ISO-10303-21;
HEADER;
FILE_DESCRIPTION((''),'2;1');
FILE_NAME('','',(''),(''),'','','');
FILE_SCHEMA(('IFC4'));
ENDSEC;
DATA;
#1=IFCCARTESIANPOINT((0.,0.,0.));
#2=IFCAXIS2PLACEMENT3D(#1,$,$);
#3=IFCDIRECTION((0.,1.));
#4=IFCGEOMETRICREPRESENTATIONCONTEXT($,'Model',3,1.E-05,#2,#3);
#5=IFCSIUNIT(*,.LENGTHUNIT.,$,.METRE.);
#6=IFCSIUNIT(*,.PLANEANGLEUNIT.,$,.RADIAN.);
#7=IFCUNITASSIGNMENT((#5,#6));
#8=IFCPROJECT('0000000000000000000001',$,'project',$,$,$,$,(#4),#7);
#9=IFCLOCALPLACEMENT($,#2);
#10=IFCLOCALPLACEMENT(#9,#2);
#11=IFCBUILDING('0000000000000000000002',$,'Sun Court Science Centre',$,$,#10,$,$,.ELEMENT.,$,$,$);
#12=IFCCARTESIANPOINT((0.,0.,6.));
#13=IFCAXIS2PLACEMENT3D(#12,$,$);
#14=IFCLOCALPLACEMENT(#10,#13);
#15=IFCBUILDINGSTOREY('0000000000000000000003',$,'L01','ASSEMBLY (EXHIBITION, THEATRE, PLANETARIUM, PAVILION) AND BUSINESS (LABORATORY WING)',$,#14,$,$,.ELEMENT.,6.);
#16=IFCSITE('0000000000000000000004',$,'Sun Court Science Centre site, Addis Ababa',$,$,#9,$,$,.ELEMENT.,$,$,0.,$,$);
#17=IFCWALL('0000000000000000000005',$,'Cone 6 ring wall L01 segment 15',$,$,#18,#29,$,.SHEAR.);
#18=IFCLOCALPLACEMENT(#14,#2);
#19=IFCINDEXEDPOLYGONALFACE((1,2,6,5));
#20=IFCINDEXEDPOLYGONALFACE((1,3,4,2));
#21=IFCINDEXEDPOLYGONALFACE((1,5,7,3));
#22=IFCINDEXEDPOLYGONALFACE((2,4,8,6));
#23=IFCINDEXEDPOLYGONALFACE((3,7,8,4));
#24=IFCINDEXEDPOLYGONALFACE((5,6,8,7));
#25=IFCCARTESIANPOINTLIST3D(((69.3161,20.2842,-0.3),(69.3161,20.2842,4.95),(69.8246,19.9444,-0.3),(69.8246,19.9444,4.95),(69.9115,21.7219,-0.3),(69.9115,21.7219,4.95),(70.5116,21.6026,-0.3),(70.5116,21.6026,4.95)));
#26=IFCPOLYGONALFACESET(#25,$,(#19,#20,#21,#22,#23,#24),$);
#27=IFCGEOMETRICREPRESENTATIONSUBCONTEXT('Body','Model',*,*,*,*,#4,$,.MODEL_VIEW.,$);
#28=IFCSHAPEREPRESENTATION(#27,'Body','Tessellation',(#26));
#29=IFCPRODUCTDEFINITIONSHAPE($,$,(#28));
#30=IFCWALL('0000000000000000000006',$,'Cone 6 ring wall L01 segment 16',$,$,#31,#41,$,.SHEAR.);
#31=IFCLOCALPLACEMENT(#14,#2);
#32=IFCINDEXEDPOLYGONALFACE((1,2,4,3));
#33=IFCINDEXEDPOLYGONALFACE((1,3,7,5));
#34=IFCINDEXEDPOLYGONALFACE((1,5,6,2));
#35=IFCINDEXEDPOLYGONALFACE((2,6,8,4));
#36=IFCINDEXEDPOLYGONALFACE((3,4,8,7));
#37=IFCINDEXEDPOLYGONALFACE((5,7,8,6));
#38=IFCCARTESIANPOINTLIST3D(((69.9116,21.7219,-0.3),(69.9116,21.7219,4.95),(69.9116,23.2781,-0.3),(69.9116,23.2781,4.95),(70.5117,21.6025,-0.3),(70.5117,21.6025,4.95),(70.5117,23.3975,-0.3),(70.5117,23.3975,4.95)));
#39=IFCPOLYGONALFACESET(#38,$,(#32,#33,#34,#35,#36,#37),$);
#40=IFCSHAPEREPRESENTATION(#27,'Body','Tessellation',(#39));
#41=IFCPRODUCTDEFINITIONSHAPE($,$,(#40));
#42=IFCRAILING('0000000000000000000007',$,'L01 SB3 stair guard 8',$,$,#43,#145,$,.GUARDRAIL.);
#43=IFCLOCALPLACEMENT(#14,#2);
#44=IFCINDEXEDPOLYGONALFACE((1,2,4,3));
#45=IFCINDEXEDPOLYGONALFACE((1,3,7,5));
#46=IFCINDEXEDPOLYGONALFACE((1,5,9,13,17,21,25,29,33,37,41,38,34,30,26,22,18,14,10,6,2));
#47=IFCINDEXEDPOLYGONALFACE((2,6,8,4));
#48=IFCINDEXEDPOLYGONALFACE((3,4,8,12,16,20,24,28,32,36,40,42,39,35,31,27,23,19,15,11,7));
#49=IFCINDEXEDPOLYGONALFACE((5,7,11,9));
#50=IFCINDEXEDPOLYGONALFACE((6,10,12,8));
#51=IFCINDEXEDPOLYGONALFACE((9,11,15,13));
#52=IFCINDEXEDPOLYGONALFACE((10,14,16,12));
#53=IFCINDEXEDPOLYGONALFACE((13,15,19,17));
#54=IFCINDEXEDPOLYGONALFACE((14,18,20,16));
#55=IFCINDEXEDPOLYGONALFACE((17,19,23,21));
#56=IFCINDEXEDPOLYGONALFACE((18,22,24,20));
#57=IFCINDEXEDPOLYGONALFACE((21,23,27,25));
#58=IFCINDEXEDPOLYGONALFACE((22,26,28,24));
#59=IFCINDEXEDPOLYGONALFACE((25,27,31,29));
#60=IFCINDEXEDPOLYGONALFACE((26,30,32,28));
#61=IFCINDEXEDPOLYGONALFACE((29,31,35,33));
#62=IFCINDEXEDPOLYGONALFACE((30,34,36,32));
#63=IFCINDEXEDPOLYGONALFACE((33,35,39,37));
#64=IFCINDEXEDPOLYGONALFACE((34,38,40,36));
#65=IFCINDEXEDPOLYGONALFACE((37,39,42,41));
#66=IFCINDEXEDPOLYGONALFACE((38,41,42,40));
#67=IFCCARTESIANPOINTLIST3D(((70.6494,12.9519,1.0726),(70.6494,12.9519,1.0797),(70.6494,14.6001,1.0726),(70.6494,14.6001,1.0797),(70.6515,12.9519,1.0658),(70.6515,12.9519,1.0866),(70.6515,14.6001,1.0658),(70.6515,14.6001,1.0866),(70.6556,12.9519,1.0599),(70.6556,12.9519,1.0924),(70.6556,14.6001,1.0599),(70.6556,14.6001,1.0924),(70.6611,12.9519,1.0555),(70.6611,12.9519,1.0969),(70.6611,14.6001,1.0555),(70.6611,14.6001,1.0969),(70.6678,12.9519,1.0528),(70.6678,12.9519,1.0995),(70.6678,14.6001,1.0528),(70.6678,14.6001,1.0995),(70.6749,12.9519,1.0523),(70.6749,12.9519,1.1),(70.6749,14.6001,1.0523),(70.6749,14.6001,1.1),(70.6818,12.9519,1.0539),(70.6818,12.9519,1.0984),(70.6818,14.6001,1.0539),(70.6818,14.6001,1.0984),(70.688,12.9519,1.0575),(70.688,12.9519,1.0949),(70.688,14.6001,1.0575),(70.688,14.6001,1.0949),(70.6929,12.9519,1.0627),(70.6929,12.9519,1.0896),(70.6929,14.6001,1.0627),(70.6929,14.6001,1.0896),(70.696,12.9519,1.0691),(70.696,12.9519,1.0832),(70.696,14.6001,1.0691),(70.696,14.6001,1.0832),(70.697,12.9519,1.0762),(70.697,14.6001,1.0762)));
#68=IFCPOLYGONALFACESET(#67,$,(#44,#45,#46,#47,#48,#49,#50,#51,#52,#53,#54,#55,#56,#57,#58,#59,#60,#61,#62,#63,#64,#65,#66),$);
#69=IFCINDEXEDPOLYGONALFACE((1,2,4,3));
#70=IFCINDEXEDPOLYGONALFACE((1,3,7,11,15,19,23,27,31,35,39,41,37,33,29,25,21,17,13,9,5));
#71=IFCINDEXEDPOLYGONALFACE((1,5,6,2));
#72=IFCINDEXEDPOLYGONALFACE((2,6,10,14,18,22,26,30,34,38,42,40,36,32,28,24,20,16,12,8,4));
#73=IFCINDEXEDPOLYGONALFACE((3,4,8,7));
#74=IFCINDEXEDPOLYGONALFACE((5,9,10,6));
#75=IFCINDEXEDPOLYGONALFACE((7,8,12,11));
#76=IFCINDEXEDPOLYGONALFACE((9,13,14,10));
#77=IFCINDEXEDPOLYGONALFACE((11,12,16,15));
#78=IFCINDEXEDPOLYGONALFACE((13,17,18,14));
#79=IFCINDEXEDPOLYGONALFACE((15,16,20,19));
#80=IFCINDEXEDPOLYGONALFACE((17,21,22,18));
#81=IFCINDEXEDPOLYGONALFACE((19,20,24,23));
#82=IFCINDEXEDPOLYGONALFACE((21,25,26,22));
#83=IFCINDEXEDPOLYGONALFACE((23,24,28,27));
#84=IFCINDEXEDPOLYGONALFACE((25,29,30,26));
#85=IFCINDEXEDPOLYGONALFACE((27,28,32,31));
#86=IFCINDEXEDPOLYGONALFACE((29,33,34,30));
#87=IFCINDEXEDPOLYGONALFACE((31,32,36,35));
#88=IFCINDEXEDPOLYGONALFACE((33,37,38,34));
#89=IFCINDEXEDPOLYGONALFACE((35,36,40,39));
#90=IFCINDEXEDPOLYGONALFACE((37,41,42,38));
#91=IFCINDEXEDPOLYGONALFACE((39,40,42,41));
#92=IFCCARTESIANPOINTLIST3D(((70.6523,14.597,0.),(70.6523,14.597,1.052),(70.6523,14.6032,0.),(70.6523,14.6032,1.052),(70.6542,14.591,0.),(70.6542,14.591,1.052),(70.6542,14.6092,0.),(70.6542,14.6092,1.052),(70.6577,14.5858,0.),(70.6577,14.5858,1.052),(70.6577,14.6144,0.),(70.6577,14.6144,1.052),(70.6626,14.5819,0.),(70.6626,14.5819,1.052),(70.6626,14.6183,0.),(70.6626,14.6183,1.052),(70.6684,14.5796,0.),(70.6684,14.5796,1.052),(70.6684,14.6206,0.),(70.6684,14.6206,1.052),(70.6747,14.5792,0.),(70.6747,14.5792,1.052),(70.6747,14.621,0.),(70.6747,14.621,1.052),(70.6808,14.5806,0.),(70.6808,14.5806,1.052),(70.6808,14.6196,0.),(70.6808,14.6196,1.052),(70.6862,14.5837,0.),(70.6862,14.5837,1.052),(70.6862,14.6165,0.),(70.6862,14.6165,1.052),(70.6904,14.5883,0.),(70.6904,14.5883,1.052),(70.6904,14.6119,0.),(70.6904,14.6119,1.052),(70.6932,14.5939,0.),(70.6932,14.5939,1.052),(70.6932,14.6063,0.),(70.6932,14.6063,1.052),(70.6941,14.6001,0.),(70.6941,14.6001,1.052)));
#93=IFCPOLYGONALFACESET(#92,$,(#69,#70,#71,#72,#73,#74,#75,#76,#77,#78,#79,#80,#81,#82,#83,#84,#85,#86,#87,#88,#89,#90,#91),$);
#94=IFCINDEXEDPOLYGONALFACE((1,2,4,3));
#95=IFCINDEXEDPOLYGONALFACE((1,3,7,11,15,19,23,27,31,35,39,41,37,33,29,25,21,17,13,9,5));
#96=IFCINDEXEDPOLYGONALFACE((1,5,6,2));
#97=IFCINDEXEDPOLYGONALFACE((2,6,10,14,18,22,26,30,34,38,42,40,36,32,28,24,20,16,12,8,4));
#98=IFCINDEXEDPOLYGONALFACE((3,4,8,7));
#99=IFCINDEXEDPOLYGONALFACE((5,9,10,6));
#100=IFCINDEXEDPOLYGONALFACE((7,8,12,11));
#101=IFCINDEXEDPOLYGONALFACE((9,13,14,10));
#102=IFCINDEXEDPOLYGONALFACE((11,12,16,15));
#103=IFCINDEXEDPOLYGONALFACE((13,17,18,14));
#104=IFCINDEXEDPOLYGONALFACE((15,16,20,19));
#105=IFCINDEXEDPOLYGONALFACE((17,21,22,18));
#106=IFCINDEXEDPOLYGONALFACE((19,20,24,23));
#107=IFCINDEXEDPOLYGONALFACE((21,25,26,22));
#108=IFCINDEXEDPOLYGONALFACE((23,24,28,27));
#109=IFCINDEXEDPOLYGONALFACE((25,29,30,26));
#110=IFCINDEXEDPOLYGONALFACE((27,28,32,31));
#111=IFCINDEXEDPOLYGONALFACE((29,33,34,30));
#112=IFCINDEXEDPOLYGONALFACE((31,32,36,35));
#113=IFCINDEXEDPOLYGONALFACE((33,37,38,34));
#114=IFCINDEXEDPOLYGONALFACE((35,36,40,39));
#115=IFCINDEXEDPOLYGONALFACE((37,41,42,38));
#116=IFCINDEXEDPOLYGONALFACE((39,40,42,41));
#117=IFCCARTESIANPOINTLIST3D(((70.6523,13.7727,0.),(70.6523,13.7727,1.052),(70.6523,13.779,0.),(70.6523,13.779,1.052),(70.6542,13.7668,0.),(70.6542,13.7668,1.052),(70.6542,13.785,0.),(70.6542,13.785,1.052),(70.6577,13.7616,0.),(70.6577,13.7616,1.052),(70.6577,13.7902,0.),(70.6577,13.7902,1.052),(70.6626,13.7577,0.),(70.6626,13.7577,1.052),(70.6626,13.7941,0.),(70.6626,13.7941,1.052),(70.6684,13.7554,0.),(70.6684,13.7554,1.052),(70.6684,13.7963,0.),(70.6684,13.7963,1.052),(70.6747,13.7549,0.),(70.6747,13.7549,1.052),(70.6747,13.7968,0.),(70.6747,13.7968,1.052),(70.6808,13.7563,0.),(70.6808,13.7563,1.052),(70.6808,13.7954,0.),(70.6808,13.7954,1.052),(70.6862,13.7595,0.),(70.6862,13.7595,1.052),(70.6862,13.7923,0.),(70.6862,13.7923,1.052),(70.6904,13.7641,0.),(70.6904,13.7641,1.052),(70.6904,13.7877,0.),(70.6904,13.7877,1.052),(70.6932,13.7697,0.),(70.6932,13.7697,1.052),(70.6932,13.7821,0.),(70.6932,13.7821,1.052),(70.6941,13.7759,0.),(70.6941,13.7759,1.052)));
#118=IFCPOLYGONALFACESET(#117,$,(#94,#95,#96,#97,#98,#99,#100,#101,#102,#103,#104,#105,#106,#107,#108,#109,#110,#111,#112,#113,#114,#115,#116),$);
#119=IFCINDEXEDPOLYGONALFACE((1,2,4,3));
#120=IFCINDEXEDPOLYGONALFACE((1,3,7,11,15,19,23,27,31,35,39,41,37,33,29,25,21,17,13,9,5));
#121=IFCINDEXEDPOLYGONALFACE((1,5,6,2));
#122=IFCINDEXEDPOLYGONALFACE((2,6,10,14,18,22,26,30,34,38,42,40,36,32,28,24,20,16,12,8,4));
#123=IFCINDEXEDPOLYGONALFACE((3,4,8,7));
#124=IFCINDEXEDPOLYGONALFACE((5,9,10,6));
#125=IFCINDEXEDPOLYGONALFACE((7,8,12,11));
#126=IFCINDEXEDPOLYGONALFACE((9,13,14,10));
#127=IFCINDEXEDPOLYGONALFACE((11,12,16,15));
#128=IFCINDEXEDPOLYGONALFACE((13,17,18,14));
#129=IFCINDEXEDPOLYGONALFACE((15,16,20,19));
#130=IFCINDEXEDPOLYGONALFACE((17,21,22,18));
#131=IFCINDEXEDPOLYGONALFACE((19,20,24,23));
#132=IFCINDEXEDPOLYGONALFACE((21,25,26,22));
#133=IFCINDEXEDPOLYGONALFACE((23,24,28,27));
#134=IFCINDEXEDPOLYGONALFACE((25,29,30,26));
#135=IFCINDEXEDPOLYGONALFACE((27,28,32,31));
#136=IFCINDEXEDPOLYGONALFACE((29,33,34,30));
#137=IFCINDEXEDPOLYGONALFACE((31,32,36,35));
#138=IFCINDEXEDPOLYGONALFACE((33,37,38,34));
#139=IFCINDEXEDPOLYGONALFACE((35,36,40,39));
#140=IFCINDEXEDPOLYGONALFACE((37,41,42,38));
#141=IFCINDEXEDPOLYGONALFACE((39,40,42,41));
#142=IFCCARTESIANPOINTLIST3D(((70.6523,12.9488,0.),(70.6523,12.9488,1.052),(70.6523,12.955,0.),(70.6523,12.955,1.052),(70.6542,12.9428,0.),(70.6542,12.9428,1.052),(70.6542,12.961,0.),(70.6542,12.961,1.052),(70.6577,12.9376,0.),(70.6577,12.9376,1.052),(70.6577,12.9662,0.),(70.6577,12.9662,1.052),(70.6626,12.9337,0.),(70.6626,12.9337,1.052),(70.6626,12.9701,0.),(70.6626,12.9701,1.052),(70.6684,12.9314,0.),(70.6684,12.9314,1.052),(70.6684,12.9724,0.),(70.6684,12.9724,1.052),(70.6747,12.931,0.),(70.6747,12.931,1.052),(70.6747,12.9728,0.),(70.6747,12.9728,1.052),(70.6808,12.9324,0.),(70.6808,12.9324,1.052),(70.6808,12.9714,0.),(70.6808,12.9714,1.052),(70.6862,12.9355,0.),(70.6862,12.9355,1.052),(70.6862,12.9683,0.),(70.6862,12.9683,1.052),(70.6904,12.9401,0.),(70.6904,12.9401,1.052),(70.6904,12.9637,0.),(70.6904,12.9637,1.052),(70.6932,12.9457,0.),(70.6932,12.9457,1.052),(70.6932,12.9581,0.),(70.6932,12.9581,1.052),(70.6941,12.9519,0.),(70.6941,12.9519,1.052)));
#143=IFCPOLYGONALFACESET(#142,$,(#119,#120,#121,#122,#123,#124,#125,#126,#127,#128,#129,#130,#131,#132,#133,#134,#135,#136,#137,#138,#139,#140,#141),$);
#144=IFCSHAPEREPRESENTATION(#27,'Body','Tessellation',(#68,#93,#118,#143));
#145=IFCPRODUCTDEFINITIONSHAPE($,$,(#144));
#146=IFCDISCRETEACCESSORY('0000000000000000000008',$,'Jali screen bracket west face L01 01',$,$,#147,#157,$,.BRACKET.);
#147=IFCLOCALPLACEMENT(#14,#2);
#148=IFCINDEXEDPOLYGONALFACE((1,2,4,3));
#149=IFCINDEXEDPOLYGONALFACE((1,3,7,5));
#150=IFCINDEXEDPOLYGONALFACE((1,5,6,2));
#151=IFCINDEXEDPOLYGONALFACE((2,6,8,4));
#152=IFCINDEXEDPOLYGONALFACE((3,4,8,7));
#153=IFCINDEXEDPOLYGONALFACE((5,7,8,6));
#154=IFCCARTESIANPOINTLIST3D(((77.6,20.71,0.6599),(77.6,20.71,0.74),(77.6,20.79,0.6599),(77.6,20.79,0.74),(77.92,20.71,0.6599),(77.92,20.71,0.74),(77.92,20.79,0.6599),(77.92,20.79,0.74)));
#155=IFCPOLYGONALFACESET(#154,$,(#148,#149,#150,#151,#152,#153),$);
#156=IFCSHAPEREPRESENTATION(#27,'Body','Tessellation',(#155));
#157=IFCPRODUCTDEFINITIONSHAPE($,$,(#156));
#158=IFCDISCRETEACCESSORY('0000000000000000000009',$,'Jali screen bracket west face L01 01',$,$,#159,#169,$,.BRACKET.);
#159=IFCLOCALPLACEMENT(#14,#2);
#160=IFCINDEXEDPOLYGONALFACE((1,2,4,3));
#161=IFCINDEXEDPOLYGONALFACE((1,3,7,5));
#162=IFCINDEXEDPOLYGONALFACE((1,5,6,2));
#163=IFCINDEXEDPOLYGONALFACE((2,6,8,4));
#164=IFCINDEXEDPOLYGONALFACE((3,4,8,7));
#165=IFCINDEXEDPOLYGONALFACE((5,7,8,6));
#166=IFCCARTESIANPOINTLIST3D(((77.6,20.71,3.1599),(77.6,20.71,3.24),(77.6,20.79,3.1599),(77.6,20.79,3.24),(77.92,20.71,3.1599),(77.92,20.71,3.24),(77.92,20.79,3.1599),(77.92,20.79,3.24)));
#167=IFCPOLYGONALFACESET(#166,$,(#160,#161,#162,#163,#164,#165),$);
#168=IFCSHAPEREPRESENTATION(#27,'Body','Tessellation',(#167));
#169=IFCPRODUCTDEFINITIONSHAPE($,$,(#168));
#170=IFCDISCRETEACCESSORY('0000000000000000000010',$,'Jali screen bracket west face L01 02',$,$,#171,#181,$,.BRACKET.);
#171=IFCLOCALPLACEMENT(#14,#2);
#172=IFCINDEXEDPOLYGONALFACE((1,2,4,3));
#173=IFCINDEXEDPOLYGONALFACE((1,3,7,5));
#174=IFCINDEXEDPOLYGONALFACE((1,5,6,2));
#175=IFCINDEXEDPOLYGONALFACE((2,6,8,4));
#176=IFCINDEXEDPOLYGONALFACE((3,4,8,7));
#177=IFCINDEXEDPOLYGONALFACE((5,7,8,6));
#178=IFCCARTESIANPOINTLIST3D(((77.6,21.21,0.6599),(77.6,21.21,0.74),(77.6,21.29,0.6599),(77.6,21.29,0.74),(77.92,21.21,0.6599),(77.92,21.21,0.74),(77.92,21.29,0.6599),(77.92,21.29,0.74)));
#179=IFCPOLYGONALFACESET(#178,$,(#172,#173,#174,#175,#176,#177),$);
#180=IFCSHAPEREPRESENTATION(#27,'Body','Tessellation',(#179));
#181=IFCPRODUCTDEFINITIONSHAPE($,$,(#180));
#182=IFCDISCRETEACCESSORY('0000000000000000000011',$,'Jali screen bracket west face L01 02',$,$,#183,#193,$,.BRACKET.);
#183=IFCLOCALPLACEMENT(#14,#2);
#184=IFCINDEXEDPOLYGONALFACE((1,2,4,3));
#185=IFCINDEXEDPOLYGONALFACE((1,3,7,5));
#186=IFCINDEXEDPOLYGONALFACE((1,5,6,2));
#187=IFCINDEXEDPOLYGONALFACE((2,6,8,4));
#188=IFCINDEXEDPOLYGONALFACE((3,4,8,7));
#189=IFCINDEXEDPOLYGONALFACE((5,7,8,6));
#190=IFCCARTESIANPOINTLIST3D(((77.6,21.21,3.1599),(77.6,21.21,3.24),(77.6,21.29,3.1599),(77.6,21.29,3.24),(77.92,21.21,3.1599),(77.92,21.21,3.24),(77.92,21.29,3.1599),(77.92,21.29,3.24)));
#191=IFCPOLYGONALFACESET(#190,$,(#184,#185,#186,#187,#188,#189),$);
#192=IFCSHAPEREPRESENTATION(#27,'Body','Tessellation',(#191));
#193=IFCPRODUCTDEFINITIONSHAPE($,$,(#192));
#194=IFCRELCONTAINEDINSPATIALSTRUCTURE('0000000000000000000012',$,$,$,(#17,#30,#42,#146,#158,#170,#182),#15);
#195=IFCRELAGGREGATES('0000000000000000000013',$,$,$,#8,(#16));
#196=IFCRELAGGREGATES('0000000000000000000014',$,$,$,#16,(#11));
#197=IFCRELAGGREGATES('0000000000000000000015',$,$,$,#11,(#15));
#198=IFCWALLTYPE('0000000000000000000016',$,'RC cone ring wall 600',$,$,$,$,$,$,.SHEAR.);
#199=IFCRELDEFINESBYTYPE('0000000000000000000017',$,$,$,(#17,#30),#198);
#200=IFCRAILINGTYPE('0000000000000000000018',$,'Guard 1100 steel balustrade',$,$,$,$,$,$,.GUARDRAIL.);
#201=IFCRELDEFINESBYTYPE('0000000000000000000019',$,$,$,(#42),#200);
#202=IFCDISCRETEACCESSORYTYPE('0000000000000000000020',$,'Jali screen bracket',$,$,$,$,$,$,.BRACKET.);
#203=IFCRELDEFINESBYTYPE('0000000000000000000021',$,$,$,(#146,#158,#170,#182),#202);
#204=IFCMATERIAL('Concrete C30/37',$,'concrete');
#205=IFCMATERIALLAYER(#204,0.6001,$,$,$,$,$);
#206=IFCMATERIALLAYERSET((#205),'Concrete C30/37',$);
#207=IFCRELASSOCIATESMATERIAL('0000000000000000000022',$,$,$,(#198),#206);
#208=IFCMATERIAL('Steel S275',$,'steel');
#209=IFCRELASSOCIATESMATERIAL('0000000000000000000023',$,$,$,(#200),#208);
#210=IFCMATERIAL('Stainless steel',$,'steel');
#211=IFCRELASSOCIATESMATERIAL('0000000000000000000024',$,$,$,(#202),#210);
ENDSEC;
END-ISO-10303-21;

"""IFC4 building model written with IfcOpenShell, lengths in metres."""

from ifc_helpers import new_model, si_unit, direction, frame, origin, origin_2d, place, context, subcontext, project, spatial, polyline, rectangle, circle, outline, extrude, material, layer, layer_set, type_object, element, save


model = new_model("IFC4")

# Units and contexts
model_context = context("Model", 3, precision=1e-05, world=origin(), true_north=direction((0.0, 1.0)))
body_context = subcontext(model_context, "Body", "Model", "MODEL_VIEW")
ifc_project = project(units=[si_unit("LENGTHUNIT", "METRE"), si_unit("PLANEANGLEUNIT", "RADIAN")], contexts=[model_context])

# Site, building, storey
site_placement = place(None, origin())
site = spatial("IfcSite", under=ifc_project, at=site_placement, Name="Sun Court Science Centre site, Addis Ababa", CompositionType="ELEMENT", RefElevation=0.0)
building_placement = place(site_placement, origin())
building = spatial("IfcBuilding", under=site, at=building_placement, Name="Sun Court Science Centre", CompositionType="ELEMENT")
storey_placement = place(building_placement, frame((0.0, 0.0, 6.0)))
storey = spatial("IfcBuildingStorey", under=building, at=storey_placement, Name="L01", Description="ASSEMBLY (EXHIBITION, THEATRE, PLANETARIUM, PAVILION) AND BUSINESS (LABORATORY WING)", CompositionType="ELEMENT", Elevation=6.0)

# Walls
ifc_material_1 = material(Name="Concrete C30/37", Category="concrete")
ifc_layer_1 = layer(ifc_material_1, 0.6001)
ifc_layer_set_1 = layer_set([ifc_layer_1], Name="Concrete C30/37")
wall_type_1 = type_object("IfcWallType", Name="RC cone ring wall 600", PredefinedType="SHEAR", material=ifc_layer_set_1)
wall_1_placement = place(storey_placement, frame((69.5476, 20.0591, -0.3), z_axis=(0.0, 0.0, 1.0), x_axis=(0.382644, 0.923896, 0.0)))
element("IfcWall", 1, at=wall_1_placement, inside=storey, type_object=wall_type_1, Name="Cone 6 ring wall L01 segment 15", PredefinedType="SHEAR", context=body_context, shape_type="SweptSolid", body=[
    extrude(outline(polyline([(0.0, -0.2998), (1.7949, -0.3), (1.6755, 0.3), (0.1194, 0.3), (0.0, -0.2998)])), origin(), (0.0, 0.0, 1.0), 5.25),
])
wall_2_placement = place(storey_placement, frame((70.2117, 21.6025, -0.3), z_axis=(0.0, 0.0, 1.0), x_axis=(0.0, 1.0, 0.0)))
element("IfcWall", 2, at=wall_2_placement, inside=storey, type_object=wall_type_1, Name="Cone 6 ring wall L01 segment 16", PredefinedType="SHEAR", context=body_context, shape_type="SweptSolid", body=[
    extrude(outline(polyline([(0.0, -0.3), (1.7949, -0.3), (1.6755, 0.3), (0.1194, 0.3), (0.0, -0.3)])), origin(), (0.0, 0.0, 1.0), 5.25),
])

# Railing
ifc_material_2 = material(Name="Steel S275", Category="steel")
railing_type_1 = type_object("IfcRailingType", Name="Guard 1100 steel balustrade", PredefinedType="GUARDRAIL", material=ifc_material_2)
railing_1_placement = place(storey_placement, frame((70.6731, 14.6001, 0.0)))
element("IfcRailing", 3, at=railing_1_placement, inside=storey, type_object=railing_type_1, Name="L01 SB3 stair guard 8", PredefinedType="GUARDRAIL", context=body_context, shape_type="SweptSolid", body=[
    extrude(circle(Radius=0.0239, at=origin_2d()), frame((0.0, 0.0, 1.0762), z_axis=(0.0, -1.0, 0.0), x_axis=(1.0, 0.0, 0.0)), (0.0, 0.0, 1.0), 1.6482),
    extrude(circle(Radius=0.021, at=origin_2d()), origin(), (0.0, 0.0, 1.0), 1.052),
    extrude(circle(Radius=0.021, at=origin_2d()), frame((0.0, -0.8242, 0.0)), (0.0, 0.0, 1.0), 1.052),
    extrude(circle(Radius=0.021, at=origin_2d()), frame((0.0, -1.6482, 0.0)), (0.0, 0.0, 1.0), 1.052),
])

# Discrete accessories
ifc_material_3 = material(Name="Stainless steel", Category="steel")
discrete_accessory_type = type_object("IfcDiscreteAccessoryType", Name="Jali screen bracket", PredefinedType="BRACKET", material=ifc_material_3)
for number, where, z_axis, x_axis, name in (
    (4, (77.76, 20.75, 0.6599), (0.0, 0.0, 1.0), (0.0, 1.0, 0.0), "Jali screen bracket west face L01 01"),
    (5, (77.76, 20.75, 3.1599), (0.0, 0.0, 1.0), (0.0, 1.0, 0.0), "Jali screen bracket west face L01 01"),
    (6, (77.76, 21.25, 0.6599), (0.0, 0.0, 1.0), (0.0, 1.0, 0.0), "Jali screen bracket west face L01 02"),
    (7, (77.76, 21.25, 3.1599), (0.0, 0.0, 1.0), (0.0, 1.0, 0.0), "Jali screen bracket west face L01 02"),
):
    element("IfcDiscreteAccessory", number, at=place(storey_placement, frame(where, z_axis=z_axis, x_axis=x_axis)), inside=storey, type_object=discrete_accessory_type, Name=name, PredefinedType="BRACKET", context=body_context, shape_type="SweptSolid", body=[
        extrude(rectangle(XDim=0.0801, YDim=0.3201, at=origin_2d()), origin(), (0.0, 0.0, 1.0), 0.0801),
    ])

save(model, "model.ifc")
